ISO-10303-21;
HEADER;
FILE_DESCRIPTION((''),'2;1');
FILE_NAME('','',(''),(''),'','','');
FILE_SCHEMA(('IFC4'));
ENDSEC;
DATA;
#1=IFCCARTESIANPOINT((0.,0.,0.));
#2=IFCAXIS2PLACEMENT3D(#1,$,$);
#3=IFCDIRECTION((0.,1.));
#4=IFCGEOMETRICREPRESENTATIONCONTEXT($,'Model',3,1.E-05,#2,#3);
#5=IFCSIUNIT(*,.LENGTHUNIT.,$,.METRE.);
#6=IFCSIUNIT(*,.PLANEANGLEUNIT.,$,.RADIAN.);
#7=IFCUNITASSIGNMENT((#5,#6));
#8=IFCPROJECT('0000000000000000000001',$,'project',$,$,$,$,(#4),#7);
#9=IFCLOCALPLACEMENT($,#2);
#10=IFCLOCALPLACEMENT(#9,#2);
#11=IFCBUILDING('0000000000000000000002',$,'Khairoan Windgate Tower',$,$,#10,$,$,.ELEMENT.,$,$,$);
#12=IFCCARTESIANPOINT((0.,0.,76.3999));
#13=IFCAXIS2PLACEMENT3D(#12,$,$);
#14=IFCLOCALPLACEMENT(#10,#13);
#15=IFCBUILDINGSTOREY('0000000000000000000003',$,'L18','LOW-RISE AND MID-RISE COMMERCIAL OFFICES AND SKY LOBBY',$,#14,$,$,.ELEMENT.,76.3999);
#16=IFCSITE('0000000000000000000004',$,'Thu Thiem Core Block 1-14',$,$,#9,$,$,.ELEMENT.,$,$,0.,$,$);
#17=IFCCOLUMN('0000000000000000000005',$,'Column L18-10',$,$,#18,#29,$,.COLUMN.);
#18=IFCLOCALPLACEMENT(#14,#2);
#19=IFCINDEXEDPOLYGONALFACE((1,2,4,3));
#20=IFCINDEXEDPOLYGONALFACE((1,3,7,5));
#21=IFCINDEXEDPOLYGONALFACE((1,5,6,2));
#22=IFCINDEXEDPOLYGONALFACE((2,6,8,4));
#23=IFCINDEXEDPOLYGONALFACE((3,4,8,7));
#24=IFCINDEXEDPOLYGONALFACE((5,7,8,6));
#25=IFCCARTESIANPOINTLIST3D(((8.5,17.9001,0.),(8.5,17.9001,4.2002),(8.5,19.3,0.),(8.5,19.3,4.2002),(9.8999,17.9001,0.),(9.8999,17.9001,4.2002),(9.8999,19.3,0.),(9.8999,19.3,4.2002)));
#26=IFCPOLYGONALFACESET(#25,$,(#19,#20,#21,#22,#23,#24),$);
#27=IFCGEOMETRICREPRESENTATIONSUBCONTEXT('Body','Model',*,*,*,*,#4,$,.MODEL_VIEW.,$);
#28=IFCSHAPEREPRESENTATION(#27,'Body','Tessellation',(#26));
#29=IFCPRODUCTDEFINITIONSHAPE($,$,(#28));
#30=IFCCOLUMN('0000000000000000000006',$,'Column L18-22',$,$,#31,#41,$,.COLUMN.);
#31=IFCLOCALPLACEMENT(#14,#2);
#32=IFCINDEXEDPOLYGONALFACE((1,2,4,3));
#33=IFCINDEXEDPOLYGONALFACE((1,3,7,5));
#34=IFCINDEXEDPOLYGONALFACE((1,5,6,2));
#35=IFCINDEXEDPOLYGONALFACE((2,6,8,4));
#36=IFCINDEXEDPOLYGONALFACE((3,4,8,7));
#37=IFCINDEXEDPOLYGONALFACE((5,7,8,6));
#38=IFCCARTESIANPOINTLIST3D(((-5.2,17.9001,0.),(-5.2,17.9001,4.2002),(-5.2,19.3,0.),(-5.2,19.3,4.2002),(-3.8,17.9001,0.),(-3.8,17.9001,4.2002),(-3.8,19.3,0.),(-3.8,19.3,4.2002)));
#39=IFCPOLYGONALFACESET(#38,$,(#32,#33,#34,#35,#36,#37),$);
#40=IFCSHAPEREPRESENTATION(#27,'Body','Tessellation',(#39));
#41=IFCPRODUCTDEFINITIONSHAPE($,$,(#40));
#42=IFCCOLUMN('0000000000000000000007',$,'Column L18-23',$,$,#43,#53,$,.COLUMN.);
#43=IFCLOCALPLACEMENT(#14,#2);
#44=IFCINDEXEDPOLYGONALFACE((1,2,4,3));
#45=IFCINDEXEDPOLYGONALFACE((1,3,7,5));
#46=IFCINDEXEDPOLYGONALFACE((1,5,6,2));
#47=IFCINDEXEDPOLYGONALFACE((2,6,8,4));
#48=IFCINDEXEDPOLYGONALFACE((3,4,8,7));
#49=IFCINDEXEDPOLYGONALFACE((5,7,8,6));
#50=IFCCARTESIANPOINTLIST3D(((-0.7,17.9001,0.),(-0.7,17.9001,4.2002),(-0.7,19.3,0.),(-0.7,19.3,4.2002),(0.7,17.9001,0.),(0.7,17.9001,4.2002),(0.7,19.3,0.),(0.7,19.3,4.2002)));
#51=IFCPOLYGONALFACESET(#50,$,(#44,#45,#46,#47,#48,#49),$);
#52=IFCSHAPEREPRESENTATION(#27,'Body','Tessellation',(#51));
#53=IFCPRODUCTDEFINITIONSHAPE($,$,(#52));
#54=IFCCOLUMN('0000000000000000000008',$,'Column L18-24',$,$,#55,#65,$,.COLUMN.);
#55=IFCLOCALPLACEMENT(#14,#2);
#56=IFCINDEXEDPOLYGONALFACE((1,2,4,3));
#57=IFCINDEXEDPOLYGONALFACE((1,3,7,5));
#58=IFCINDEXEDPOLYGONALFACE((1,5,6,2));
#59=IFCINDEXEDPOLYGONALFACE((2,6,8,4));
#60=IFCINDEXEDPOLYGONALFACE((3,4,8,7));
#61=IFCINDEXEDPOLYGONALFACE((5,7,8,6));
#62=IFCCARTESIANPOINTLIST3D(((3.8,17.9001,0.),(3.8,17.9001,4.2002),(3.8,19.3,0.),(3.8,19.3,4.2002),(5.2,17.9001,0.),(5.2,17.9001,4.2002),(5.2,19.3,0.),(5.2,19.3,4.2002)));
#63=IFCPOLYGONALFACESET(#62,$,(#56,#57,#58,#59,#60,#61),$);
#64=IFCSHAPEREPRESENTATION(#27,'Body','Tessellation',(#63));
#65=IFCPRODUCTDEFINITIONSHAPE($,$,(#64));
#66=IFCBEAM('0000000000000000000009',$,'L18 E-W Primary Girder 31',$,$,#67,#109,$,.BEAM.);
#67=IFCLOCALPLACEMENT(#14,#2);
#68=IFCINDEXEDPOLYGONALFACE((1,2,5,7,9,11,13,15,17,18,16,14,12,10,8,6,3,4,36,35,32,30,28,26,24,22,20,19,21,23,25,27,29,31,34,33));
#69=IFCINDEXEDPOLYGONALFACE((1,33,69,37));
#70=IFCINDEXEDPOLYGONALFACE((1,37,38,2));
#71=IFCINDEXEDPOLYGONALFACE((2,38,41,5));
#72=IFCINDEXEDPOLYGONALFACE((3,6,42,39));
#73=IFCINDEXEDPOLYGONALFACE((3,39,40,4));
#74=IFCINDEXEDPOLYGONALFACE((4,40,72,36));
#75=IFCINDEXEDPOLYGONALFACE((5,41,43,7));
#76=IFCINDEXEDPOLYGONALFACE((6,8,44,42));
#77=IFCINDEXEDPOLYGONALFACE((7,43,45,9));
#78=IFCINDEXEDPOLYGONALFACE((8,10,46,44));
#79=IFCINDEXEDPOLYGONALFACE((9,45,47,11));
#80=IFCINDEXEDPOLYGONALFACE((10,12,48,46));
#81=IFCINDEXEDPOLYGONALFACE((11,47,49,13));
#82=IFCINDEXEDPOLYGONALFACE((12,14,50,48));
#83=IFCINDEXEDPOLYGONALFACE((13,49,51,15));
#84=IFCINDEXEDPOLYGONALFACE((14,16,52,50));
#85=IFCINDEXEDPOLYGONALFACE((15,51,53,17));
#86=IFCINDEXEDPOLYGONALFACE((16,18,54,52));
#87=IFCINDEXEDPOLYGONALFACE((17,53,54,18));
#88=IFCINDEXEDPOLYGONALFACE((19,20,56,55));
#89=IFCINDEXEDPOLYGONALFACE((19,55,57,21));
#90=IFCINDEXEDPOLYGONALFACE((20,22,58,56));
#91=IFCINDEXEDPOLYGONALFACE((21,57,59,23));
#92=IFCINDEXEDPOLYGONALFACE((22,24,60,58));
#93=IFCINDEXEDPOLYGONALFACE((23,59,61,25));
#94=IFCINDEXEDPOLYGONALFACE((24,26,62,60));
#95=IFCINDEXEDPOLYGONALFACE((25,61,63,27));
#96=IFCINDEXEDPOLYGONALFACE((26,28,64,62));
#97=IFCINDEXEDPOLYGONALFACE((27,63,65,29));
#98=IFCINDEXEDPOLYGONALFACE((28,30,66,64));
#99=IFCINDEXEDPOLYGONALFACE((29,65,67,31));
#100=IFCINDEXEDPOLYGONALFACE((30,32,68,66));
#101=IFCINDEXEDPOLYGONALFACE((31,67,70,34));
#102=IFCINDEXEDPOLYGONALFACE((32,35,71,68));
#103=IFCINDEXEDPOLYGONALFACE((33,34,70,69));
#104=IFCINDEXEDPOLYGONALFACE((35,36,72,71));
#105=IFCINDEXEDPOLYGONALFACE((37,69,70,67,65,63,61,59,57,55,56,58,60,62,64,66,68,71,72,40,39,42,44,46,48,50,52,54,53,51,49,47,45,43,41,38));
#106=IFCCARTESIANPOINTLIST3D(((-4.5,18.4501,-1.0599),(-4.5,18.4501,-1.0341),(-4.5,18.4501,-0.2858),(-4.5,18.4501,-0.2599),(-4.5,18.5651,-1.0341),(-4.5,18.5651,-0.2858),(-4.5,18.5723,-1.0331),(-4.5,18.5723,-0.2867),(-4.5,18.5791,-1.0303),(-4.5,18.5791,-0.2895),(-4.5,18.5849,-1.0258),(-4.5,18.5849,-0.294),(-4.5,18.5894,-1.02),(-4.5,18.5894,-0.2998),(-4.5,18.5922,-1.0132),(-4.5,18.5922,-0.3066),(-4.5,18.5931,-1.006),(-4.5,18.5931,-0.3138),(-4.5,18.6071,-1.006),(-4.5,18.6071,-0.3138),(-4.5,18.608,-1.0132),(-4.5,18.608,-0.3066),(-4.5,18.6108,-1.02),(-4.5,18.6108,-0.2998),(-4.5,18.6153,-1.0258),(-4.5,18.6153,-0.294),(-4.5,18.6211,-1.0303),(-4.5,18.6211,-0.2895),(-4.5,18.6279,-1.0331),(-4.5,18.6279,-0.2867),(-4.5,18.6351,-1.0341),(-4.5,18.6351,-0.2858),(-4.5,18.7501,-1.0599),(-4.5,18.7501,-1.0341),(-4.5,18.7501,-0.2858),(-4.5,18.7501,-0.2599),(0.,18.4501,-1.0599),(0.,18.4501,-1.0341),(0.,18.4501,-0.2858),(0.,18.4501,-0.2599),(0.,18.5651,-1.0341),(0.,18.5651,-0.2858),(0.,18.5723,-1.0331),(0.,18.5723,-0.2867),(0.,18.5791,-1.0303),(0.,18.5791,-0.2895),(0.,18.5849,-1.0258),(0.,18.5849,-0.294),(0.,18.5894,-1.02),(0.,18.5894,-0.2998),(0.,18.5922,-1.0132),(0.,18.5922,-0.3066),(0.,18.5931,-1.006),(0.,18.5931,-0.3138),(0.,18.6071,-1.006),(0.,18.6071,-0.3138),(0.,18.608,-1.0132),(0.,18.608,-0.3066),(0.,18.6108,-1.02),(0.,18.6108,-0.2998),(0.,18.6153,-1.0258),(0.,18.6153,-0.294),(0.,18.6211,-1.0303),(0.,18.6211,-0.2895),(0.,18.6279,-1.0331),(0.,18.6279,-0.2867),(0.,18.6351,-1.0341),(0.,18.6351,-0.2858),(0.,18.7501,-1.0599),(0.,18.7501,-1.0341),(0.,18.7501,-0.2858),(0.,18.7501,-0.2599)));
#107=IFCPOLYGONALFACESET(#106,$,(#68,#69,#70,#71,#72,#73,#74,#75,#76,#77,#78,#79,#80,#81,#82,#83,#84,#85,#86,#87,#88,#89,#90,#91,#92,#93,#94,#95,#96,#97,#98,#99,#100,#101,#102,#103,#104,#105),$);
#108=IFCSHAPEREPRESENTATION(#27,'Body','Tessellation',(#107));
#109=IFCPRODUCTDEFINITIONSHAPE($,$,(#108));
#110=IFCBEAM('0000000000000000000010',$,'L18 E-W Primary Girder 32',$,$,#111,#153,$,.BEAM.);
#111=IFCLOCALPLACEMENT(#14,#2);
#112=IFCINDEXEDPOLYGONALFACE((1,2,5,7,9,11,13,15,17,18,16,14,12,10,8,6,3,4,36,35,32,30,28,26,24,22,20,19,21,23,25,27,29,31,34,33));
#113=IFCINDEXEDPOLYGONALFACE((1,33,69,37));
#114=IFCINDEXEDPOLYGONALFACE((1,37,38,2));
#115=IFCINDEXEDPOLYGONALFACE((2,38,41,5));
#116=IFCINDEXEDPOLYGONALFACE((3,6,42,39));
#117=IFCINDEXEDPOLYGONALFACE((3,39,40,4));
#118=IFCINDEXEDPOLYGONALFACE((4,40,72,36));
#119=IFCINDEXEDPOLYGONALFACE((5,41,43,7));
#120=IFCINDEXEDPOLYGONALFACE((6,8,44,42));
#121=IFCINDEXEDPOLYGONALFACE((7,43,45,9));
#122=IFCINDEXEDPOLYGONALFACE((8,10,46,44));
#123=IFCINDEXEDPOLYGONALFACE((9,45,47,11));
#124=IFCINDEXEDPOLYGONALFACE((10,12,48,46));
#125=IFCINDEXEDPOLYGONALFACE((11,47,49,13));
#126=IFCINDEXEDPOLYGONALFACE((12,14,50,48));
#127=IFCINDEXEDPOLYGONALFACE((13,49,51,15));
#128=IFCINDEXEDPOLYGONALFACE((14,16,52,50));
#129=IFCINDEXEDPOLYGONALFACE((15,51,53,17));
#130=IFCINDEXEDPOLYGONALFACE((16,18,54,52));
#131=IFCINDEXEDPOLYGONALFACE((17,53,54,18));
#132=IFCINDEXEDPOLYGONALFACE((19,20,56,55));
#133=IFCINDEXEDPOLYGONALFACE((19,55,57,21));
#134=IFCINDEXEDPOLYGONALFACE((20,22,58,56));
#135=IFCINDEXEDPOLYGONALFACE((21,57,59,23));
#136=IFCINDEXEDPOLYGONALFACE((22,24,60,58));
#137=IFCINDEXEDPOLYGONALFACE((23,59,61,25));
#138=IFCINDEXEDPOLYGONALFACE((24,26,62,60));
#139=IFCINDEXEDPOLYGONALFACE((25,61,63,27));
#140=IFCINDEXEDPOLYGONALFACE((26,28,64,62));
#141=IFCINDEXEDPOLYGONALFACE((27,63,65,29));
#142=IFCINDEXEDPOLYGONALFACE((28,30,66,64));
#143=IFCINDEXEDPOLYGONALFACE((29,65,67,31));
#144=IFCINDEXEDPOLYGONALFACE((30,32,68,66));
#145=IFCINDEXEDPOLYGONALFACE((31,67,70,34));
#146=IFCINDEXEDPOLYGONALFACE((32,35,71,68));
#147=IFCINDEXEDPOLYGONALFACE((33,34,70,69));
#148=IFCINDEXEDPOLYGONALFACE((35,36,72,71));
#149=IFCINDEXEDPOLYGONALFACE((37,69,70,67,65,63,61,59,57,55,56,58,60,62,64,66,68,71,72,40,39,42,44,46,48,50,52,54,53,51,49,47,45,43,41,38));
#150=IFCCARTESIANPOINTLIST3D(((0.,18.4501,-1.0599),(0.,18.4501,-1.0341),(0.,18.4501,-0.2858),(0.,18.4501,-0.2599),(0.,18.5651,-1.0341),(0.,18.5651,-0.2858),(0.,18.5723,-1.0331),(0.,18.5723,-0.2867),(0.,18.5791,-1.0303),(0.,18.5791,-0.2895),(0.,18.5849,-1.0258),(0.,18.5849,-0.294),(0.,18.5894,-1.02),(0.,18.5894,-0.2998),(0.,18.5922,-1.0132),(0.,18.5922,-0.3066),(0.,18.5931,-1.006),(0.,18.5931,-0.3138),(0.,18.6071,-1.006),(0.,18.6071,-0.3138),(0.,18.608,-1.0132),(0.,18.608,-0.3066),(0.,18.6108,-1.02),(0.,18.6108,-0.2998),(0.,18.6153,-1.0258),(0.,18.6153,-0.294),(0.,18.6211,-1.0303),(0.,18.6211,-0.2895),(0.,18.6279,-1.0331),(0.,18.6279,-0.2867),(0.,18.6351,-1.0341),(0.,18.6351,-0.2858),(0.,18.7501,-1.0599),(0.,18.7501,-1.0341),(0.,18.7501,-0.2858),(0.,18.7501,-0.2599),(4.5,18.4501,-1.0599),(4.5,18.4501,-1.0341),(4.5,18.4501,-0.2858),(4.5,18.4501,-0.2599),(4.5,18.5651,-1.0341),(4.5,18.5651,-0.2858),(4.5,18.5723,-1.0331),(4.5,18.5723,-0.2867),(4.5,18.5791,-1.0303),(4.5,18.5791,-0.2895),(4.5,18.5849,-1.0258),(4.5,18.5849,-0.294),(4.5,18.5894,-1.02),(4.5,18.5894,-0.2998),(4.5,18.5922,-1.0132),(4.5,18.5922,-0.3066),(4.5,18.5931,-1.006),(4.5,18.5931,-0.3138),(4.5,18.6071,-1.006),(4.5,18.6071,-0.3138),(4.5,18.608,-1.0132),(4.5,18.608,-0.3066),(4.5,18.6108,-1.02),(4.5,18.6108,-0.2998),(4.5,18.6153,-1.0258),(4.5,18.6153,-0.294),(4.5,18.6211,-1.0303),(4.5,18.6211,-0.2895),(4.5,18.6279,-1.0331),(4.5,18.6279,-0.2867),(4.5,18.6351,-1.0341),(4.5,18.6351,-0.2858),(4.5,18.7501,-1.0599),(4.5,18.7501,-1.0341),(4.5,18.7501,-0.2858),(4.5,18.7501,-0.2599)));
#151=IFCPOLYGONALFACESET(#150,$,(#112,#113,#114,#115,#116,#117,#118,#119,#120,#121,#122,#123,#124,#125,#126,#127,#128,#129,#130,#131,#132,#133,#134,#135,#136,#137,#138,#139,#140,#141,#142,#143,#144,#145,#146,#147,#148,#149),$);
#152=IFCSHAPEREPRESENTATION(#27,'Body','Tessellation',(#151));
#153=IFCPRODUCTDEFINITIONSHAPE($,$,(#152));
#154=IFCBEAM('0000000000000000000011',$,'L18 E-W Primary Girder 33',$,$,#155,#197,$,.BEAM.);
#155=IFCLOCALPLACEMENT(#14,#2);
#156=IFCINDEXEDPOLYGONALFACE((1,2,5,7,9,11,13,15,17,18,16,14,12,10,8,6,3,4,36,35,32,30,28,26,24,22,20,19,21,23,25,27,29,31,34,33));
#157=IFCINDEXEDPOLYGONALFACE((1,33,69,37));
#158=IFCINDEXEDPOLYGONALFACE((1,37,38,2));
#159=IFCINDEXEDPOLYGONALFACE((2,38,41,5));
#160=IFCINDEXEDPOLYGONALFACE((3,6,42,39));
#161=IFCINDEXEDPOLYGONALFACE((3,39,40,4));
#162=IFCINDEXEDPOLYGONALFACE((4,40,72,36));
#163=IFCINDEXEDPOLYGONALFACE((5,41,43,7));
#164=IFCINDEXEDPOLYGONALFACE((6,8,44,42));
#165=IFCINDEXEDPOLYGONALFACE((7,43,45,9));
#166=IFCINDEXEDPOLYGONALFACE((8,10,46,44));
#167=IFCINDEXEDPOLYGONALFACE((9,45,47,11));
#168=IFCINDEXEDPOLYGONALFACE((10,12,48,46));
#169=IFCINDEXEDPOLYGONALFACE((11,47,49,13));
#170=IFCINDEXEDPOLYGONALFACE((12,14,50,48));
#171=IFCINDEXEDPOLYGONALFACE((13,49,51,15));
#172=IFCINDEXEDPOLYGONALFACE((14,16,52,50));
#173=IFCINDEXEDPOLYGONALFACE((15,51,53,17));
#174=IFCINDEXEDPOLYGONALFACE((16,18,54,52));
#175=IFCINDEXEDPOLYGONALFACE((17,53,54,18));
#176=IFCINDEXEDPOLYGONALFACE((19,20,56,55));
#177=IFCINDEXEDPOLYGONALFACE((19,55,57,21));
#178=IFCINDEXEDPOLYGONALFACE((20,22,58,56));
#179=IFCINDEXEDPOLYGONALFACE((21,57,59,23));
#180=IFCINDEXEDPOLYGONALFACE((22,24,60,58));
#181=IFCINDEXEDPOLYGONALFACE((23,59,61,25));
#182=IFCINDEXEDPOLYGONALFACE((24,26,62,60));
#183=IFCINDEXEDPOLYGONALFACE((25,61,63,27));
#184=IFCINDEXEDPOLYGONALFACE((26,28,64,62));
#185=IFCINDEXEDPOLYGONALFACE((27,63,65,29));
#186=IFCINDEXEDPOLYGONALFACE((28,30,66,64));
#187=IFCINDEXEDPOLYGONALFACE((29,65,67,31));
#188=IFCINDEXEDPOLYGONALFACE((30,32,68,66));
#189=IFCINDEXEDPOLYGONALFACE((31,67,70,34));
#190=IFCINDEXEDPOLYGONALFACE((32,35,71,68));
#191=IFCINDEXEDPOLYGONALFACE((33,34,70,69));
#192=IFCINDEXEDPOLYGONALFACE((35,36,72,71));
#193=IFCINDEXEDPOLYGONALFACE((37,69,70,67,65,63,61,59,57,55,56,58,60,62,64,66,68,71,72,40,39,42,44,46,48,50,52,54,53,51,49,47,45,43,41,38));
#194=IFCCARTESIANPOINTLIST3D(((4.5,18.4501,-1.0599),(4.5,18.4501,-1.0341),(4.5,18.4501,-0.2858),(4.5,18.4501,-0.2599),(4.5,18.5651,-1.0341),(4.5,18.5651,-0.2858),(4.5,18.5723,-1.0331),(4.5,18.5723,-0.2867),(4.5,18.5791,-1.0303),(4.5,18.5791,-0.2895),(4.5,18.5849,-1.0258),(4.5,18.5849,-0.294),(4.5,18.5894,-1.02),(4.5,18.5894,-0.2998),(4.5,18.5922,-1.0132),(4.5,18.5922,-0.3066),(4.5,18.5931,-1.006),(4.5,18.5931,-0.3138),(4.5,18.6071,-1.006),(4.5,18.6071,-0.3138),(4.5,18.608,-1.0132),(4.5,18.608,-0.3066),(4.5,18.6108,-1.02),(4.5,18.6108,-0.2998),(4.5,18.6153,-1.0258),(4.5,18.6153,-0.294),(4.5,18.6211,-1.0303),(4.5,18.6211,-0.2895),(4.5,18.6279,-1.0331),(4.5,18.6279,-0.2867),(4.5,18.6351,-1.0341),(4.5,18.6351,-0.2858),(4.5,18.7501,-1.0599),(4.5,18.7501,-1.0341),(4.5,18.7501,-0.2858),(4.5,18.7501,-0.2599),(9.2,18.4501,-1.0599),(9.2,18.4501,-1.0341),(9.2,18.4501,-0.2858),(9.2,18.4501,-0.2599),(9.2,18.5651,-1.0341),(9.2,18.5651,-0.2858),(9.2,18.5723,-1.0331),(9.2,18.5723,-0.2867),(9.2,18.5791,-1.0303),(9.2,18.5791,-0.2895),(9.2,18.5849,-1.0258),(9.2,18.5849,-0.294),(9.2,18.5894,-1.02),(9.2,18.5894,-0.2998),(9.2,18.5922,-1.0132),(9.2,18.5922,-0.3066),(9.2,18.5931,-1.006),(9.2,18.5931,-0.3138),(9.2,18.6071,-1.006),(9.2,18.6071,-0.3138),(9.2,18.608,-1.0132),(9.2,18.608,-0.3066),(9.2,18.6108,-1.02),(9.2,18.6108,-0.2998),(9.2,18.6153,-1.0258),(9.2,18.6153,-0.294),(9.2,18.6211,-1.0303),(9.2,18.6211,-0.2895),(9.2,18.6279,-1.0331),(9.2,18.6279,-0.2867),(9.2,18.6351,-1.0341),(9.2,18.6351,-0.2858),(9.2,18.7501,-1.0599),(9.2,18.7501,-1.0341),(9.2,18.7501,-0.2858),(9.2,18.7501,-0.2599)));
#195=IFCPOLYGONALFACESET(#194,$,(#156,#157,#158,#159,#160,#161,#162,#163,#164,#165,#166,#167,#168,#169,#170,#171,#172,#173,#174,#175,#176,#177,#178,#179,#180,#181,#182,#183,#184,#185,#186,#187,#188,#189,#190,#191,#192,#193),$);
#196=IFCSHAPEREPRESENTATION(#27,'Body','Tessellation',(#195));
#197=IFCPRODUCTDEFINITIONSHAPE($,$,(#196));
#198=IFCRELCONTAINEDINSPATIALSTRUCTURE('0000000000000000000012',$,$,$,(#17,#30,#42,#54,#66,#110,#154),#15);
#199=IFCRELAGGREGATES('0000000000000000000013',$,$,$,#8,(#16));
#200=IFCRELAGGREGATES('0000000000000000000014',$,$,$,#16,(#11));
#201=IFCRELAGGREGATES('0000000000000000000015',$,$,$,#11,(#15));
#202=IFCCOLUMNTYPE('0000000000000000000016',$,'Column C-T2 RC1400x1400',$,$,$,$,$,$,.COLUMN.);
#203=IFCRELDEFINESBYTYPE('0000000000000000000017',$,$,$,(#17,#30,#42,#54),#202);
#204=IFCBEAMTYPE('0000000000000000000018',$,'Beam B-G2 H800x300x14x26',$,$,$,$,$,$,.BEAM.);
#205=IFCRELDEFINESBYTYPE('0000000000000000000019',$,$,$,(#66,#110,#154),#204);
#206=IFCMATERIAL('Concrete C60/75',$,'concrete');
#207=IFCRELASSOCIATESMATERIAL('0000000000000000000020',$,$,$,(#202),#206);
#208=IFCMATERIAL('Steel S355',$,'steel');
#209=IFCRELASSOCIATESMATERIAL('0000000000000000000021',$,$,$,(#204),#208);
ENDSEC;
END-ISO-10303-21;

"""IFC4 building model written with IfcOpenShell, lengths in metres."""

from ifc_helpers import new_model, si_unit, direction, frame, origin, origin_2d, place, context, subcontext, project, spatial, rectangle, i_section, extrude, material, material_profile, profile_set, type_object, element, save


model = new_model("IFC4")

# Units and contexts
model_context = context("Model", 3, precision=1e-05, world=origin(), true_north=direction((0.0, 1.0)))
body_context = subcontext(model_context, "Body", "Model", "MODEL_VIEW")
ifc_project = project(units=[si_unit("LENGTHUNIT", "METRE"), si_unit("PLANEANGLEUNIT", "RADIAN")], contexts=[model_context])

# Site, building, storey
site_placement = place(None, origin())
site = spatial("IfcSite", under=ifc_project, at=site_placement, Name="Thu Thiem Core Block 1-14", CompositionType="ELEMENT", RefElevation=0.0)
building_placement = place(site_placement, origin())
building = spatial("IfcBuilding", under=site, at=building_placement, Name="Khairoan Windgate Tower", CompositionType="ELEMENT")
storey_placement = place(building_placement, frame((0.0, 0.0, 76.3999)))
storey = spatial("IfcBuildingStorey", under=building, at=storey_placement, Name="L18", Description="LOW-RISE AND MID-RISE COMMERCIAL OFFICES AND SKY LOBBY", CompositionType="ELEMENT", Elevation=76.3999)

# Columns
ifc_material_1 = material(Name="Concrete C60/75", Category="concrete")
ifc_material_profile_1 = material_profile(ifc_material_1, rectangle(XDim=1.3999, YDim=1.3999, at=origin_2d()))
ifc_profile_set_1 = profile_set([ifc_material_profile_1], Name="Concrete C60/75")
column_type = type_object("IfcColumnType", Name="Column C-T2 RC1400x1400", PredefinedType="COLUMN", material=ifc_profile_set_1)
for number, where, z_axis, x_axis, name in (
    (1, (9.2, 18.6001, 0.0), (0.0, 0.0, 1.0), (1.0, 0.0, 0.0), "Column L18-10"),
    (2, (-4.5, 18.6001, 0.0), (0.0, 0.0, 1.0), (1.0, 0.0, 0.0), "Column L18-22"),
    (3, (0.0, 18.6001, 0.0), (0.0, 0.0, 1.0), (1.0, 0.0, 0.0), "Column L18-23"),
    (4, (4.5, 18.6001, 0.0), (0.0, 0.0, 1.0), (1.0, 0.0, 0.0), "Column L18-24"),
):
    element("IfcColumn", number, at=place(storey_placement, frame(where, z_axis=z_axis, x_axis=x_axis)), inside=storey, type_object=column_type, Name=name, PredefinedType="COLUMN", context=body_context, shape_type="SweptSolid", body=[
        extrude(rectangle(XDim=1.3999, YDim=1.3999, at=origin_2d()), origin(), (0.0, 0.0, 1.0), 4.2002),
    ])

# Beams
ifc_material_2 = material(Name="Steel S355", Category="steel")
ifc_material_profile_2 = material_profile(ifc_material_2, i_section(OverallWidth=0.3, OverallDepth=0.8, WebThickness=0.0139, FlangeThickness=0.0259, FilletRadius=0.0281, at=origin_2d()))
ifc_profile_set_2 = profile_set([ifc_material_profile_2], Name="Steel S355")
beam_type_1 = type_object("IfcBeamType", Name="Beam B-G2 H800x300x14x26", PredefinedType="BEAM", material=ifc_profile_set_2)
for number, where, z_axis, x_axis, name in (
    (5, (-4.5, 18.6001, -0.6599), (1.0, 0.0, 0.0), (0.0, 1.0, 0.0), "L18 E-W Primary Girder 31"),
    (6, (0.0, 18.6001, -0.6599), (1.0, 0.0, 0.0), (0.0, 1.0, 0.0), "L18 E-W Primary Girder 32"),
):
    element("IfcBeam", number, at=place(storey_placement, frame(where, z_axis=z_axis, x_axis=x_axis)), inside=storey, type_object=beam_type_1, Name=name, PredefinedType="BEAM", context=body_context, shape_type="SweptSolid", body=[
        extrude(i_section(OverallWidth=0.3, OverallDepth=0.8, WebThickness=0.0139, FlangeThickness=0.0259, FilletRadius=0.0281, at=origin_2d()), origin(), (0.0, 0.0, 1.0), 4.5),
    ])
beam_placement = place(storey_placement, frame((4.5, 18.6001, -0.6599), z_axis=(1.0, 0.0, 0.0), x_axis=(0.0, 1.0, 0.0)))
element("IfcBeam", 7, at=beam_placement, inside=storey, type_object=beam_type_1, Name="L18 E-W Primary Girder 33", PredefinedType="BEAM", context=body_context, shape_type="SweptSolid", body=[
    extrude(i_section(OverallWidth=0.3, OverallDepth=0.8, WebThickness=0.0139, FlangeThickness=0.0259, FilletRadius=0.0281, at=origin_2d()), origin(), (0.0, 0.0, 1.0), 4.7),
])

save(model, "model.ifc")
